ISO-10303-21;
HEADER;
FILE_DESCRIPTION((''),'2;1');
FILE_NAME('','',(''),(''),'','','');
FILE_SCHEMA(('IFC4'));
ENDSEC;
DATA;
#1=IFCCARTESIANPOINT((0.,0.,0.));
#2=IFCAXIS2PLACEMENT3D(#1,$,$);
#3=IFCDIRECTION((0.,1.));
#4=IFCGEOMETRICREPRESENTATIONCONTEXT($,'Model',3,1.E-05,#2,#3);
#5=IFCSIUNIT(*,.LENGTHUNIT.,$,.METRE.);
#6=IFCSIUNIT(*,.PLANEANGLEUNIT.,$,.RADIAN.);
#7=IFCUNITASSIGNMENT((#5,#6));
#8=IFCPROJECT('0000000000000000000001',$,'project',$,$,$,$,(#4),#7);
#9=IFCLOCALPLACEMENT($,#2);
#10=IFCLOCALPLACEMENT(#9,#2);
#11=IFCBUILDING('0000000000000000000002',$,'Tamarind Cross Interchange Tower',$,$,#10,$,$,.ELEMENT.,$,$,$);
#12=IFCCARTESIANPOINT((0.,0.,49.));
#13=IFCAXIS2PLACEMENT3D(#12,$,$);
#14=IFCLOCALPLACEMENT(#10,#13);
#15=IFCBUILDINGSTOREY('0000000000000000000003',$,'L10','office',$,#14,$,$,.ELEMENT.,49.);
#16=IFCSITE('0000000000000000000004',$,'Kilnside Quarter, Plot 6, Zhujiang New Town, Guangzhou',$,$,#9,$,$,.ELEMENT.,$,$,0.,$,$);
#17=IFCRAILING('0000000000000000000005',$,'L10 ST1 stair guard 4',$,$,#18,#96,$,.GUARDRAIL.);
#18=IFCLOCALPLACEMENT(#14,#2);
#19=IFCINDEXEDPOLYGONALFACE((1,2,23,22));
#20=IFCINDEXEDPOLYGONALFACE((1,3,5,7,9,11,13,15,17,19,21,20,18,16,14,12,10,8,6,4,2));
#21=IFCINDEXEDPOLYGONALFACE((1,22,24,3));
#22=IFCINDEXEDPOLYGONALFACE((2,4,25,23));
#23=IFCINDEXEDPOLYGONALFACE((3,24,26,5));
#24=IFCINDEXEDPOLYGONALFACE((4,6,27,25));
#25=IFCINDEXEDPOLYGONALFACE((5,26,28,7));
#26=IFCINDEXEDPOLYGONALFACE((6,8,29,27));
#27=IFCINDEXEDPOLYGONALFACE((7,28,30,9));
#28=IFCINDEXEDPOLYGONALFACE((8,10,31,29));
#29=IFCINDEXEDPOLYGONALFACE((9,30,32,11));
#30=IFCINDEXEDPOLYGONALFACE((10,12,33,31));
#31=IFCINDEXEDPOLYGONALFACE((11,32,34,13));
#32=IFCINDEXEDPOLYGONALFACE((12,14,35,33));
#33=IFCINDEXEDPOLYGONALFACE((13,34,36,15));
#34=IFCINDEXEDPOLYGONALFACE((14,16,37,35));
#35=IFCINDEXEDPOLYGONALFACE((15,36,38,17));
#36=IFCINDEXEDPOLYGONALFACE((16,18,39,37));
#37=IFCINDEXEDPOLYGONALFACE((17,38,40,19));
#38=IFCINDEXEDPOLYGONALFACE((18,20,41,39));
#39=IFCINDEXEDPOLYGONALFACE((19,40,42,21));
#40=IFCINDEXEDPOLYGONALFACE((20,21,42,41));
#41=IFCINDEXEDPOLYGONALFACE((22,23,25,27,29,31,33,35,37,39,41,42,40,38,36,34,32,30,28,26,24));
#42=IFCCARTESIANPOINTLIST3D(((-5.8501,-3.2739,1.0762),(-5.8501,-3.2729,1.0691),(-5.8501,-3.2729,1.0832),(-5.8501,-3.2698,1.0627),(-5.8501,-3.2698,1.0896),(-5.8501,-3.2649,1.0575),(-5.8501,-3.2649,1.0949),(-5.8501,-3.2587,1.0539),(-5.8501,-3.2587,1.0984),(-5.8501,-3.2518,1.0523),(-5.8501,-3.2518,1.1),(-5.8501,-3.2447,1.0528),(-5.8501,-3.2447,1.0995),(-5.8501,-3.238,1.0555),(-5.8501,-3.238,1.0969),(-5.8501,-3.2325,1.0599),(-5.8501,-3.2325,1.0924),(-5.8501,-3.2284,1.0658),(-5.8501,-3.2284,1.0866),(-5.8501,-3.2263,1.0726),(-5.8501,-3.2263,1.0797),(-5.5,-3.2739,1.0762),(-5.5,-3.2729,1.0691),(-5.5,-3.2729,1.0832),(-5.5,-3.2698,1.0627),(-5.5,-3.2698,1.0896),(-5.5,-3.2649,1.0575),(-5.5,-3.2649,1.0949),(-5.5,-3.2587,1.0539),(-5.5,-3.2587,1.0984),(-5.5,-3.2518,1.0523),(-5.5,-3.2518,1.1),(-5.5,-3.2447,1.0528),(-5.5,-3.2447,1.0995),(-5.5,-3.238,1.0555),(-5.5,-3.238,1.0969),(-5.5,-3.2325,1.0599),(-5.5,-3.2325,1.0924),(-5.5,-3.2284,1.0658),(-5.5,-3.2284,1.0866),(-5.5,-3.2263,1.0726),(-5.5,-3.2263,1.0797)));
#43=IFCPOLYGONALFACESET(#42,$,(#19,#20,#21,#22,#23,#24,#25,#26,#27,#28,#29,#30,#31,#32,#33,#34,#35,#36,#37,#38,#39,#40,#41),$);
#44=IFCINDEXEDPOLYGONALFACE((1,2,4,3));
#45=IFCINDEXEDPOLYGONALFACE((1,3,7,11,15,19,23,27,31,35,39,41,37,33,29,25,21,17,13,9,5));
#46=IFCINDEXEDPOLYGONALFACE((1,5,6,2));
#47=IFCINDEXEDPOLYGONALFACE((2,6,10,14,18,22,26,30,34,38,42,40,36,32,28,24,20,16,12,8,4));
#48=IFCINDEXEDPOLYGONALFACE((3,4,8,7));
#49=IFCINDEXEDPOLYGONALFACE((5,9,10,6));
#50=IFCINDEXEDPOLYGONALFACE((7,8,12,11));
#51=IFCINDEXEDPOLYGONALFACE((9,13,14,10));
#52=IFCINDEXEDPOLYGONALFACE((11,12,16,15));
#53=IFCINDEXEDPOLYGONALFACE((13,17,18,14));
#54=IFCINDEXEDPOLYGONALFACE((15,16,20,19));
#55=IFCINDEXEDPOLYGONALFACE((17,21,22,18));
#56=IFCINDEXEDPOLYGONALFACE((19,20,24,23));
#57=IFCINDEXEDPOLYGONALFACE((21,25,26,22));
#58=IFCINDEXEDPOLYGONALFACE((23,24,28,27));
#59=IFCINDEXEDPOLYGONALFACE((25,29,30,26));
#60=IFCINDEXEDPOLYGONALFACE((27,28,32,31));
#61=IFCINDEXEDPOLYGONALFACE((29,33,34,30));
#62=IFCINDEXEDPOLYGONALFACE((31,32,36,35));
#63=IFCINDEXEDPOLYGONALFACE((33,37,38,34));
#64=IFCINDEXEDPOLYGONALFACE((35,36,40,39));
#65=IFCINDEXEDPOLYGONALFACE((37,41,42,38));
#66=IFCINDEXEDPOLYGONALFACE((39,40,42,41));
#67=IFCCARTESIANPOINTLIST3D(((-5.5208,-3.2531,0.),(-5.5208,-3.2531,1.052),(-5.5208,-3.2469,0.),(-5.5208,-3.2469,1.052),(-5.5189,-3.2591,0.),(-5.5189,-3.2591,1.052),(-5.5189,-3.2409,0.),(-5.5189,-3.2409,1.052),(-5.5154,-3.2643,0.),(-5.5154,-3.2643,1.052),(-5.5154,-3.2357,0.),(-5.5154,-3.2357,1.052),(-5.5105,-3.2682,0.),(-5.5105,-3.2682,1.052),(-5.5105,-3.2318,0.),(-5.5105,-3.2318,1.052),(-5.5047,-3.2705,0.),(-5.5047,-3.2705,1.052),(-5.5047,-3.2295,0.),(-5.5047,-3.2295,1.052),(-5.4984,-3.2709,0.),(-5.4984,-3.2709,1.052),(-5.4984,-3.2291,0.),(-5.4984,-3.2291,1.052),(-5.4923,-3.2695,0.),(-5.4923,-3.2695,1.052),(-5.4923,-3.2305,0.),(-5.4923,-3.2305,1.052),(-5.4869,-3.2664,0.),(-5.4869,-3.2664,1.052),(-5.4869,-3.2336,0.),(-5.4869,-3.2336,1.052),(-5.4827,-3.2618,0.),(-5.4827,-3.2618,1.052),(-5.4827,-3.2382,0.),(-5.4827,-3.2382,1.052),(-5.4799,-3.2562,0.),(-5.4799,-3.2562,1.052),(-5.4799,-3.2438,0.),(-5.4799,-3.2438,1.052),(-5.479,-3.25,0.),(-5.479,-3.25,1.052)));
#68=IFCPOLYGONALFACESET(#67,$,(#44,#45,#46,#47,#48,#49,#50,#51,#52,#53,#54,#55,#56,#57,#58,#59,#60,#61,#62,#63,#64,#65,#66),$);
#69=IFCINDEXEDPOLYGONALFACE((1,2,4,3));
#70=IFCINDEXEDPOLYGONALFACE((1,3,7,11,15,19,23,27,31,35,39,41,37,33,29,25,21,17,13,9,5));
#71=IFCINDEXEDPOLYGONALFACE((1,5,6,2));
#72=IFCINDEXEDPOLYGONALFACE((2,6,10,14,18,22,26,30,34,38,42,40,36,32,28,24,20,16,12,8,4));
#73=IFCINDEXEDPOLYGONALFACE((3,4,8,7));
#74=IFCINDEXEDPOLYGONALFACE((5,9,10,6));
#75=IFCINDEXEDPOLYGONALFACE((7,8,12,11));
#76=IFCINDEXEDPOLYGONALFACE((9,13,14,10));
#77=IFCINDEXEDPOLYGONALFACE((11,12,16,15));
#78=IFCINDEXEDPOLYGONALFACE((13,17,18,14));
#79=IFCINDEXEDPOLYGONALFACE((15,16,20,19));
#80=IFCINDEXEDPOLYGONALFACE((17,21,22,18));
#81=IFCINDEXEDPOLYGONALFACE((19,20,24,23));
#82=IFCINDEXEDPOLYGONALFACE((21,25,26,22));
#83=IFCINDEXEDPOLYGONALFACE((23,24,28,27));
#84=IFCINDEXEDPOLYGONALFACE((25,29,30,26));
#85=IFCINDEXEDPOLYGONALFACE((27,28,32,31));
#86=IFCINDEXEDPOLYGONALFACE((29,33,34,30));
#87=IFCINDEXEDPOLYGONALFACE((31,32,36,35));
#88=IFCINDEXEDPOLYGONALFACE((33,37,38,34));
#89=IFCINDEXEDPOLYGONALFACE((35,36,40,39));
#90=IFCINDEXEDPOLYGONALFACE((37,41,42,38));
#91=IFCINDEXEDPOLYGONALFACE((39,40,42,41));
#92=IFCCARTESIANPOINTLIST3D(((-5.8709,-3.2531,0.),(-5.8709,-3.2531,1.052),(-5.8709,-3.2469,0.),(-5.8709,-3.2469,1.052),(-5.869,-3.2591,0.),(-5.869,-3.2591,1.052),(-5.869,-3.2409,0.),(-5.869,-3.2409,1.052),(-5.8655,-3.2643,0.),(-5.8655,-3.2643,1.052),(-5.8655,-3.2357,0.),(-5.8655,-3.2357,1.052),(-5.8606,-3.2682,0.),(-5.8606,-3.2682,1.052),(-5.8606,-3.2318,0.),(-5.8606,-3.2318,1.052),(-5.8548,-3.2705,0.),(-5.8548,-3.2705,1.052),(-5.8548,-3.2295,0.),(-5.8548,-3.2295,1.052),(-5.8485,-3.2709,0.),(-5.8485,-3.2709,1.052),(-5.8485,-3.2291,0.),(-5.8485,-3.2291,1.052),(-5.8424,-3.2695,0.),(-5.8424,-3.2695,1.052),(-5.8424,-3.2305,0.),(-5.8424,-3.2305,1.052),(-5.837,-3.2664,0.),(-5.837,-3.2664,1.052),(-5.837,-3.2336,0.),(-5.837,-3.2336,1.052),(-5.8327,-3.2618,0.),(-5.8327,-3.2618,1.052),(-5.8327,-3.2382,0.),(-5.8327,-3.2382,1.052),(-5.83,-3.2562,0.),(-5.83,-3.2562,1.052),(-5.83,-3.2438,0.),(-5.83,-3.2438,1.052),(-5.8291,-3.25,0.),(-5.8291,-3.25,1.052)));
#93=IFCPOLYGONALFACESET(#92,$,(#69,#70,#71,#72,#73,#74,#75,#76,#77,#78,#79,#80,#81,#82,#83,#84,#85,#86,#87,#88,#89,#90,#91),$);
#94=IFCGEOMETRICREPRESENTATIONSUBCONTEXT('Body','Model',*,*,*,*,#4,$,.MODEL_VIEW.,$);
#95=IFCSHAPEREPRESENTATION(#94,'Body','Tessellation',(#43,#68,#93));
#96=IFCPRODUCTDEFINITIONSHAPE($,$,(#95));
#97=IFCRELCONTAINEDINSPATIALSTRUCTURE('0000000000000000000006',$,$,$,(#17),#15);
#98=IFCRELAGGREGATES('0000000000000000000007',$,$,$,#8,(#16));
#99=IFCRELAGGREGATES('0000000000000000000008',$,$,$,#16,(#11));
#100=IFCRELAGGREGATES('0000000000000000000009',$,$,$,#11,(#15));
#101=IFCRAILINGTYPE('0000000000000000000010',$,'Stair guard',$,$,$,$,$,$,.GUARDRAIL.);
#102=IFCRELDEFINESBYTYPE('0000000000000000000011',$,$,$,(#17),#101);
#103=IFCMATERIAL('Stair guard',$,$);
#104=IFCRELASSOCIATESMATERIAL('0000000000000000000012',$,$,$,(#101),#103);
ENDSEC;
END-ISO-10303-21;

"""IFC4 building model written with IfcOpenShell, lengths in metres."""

from ifc_helpers import new_model, si_unit, direction, frame, origin, origin_2d, place, context, subcontext, project, spatial, circle, extrude, material, type_object, element, save


model = new_model("IFC4")

# Units and contexts
model_context = context("Model", 3, precision=1e-05, world=origin(), true_north=direction((0.0, 1.0)))
body_context = subcontext(model_context, "Body", "Model", "MODEL_VIEW")
ifc_project = project(units=[si_unit("LENGTHUNIT", "METRE"), si_unit("PLANEANGLEUNIT", "RADIAN")], contexts=[model_context])

# Site, building, storey
site_placement = place(None, origin())
site = spatial("IfcSite", under=ifc_project, at=site_placement, Name="Kilnside Quarter, Plot 6, Zhujiang New Town, Guangzhou", CompositionType="ELEMENT", RefElevation=0.0)
building_placement = place(site_placement, origin())
building = spatial("IfcBuilding", under=site, at=building_placement, Name="Tamarind Cross Interchange Tower", CompositionType="ELEMENT")
storey_placement = place(building_placement, frame((0.0, 0.0, 49.0)))
storey = spatial("IfcBuildingStorey", under=building, at=storey_placement, Name="L10", Description="office", CompositionType="ELEMENT", Elevation=49.0)

# Railing
ifc_material_1 = material(Name="Stair guard")
railing_type_1 = type_object("IfcRailingType", Name="Stair guard", PredefinedType="GUARDRAIL", material=ifc_material_1)
railing_1_placement = place(storey_placement, frame((-5.5, -3.25, 0.0)))
element("IfcRailing", 1, at=railing_1_placement, inside=storey, type_object=railing_type_1, Name="L10 ST1 stair guard 4", PredefinedType="GUARDRAIL", context=body_context, shape_type="SweptSolid", body=[
    extrude(circle(Radius=0.0239, at=origin_2d()), frame((0.0, 0.0, 1.0762), z_axis=(-1.0, 0.0, 0.0), x_axis=(0.0, -1.0, 0.0)), (0.0, 0.0, 1.0), 0.3501),
    extrude(circle(Radius=0.021, at=origin_2d()), origin(), (0.0, 0.0, 1.0), 1.052),
    extrude(circle(Radius=0.021, at=origin_2d()), frame((-0.3501, 0.0, 0.0)), (0.0, 0.0, 1.0), 1.052),
])

save(model, "model.ifc")
